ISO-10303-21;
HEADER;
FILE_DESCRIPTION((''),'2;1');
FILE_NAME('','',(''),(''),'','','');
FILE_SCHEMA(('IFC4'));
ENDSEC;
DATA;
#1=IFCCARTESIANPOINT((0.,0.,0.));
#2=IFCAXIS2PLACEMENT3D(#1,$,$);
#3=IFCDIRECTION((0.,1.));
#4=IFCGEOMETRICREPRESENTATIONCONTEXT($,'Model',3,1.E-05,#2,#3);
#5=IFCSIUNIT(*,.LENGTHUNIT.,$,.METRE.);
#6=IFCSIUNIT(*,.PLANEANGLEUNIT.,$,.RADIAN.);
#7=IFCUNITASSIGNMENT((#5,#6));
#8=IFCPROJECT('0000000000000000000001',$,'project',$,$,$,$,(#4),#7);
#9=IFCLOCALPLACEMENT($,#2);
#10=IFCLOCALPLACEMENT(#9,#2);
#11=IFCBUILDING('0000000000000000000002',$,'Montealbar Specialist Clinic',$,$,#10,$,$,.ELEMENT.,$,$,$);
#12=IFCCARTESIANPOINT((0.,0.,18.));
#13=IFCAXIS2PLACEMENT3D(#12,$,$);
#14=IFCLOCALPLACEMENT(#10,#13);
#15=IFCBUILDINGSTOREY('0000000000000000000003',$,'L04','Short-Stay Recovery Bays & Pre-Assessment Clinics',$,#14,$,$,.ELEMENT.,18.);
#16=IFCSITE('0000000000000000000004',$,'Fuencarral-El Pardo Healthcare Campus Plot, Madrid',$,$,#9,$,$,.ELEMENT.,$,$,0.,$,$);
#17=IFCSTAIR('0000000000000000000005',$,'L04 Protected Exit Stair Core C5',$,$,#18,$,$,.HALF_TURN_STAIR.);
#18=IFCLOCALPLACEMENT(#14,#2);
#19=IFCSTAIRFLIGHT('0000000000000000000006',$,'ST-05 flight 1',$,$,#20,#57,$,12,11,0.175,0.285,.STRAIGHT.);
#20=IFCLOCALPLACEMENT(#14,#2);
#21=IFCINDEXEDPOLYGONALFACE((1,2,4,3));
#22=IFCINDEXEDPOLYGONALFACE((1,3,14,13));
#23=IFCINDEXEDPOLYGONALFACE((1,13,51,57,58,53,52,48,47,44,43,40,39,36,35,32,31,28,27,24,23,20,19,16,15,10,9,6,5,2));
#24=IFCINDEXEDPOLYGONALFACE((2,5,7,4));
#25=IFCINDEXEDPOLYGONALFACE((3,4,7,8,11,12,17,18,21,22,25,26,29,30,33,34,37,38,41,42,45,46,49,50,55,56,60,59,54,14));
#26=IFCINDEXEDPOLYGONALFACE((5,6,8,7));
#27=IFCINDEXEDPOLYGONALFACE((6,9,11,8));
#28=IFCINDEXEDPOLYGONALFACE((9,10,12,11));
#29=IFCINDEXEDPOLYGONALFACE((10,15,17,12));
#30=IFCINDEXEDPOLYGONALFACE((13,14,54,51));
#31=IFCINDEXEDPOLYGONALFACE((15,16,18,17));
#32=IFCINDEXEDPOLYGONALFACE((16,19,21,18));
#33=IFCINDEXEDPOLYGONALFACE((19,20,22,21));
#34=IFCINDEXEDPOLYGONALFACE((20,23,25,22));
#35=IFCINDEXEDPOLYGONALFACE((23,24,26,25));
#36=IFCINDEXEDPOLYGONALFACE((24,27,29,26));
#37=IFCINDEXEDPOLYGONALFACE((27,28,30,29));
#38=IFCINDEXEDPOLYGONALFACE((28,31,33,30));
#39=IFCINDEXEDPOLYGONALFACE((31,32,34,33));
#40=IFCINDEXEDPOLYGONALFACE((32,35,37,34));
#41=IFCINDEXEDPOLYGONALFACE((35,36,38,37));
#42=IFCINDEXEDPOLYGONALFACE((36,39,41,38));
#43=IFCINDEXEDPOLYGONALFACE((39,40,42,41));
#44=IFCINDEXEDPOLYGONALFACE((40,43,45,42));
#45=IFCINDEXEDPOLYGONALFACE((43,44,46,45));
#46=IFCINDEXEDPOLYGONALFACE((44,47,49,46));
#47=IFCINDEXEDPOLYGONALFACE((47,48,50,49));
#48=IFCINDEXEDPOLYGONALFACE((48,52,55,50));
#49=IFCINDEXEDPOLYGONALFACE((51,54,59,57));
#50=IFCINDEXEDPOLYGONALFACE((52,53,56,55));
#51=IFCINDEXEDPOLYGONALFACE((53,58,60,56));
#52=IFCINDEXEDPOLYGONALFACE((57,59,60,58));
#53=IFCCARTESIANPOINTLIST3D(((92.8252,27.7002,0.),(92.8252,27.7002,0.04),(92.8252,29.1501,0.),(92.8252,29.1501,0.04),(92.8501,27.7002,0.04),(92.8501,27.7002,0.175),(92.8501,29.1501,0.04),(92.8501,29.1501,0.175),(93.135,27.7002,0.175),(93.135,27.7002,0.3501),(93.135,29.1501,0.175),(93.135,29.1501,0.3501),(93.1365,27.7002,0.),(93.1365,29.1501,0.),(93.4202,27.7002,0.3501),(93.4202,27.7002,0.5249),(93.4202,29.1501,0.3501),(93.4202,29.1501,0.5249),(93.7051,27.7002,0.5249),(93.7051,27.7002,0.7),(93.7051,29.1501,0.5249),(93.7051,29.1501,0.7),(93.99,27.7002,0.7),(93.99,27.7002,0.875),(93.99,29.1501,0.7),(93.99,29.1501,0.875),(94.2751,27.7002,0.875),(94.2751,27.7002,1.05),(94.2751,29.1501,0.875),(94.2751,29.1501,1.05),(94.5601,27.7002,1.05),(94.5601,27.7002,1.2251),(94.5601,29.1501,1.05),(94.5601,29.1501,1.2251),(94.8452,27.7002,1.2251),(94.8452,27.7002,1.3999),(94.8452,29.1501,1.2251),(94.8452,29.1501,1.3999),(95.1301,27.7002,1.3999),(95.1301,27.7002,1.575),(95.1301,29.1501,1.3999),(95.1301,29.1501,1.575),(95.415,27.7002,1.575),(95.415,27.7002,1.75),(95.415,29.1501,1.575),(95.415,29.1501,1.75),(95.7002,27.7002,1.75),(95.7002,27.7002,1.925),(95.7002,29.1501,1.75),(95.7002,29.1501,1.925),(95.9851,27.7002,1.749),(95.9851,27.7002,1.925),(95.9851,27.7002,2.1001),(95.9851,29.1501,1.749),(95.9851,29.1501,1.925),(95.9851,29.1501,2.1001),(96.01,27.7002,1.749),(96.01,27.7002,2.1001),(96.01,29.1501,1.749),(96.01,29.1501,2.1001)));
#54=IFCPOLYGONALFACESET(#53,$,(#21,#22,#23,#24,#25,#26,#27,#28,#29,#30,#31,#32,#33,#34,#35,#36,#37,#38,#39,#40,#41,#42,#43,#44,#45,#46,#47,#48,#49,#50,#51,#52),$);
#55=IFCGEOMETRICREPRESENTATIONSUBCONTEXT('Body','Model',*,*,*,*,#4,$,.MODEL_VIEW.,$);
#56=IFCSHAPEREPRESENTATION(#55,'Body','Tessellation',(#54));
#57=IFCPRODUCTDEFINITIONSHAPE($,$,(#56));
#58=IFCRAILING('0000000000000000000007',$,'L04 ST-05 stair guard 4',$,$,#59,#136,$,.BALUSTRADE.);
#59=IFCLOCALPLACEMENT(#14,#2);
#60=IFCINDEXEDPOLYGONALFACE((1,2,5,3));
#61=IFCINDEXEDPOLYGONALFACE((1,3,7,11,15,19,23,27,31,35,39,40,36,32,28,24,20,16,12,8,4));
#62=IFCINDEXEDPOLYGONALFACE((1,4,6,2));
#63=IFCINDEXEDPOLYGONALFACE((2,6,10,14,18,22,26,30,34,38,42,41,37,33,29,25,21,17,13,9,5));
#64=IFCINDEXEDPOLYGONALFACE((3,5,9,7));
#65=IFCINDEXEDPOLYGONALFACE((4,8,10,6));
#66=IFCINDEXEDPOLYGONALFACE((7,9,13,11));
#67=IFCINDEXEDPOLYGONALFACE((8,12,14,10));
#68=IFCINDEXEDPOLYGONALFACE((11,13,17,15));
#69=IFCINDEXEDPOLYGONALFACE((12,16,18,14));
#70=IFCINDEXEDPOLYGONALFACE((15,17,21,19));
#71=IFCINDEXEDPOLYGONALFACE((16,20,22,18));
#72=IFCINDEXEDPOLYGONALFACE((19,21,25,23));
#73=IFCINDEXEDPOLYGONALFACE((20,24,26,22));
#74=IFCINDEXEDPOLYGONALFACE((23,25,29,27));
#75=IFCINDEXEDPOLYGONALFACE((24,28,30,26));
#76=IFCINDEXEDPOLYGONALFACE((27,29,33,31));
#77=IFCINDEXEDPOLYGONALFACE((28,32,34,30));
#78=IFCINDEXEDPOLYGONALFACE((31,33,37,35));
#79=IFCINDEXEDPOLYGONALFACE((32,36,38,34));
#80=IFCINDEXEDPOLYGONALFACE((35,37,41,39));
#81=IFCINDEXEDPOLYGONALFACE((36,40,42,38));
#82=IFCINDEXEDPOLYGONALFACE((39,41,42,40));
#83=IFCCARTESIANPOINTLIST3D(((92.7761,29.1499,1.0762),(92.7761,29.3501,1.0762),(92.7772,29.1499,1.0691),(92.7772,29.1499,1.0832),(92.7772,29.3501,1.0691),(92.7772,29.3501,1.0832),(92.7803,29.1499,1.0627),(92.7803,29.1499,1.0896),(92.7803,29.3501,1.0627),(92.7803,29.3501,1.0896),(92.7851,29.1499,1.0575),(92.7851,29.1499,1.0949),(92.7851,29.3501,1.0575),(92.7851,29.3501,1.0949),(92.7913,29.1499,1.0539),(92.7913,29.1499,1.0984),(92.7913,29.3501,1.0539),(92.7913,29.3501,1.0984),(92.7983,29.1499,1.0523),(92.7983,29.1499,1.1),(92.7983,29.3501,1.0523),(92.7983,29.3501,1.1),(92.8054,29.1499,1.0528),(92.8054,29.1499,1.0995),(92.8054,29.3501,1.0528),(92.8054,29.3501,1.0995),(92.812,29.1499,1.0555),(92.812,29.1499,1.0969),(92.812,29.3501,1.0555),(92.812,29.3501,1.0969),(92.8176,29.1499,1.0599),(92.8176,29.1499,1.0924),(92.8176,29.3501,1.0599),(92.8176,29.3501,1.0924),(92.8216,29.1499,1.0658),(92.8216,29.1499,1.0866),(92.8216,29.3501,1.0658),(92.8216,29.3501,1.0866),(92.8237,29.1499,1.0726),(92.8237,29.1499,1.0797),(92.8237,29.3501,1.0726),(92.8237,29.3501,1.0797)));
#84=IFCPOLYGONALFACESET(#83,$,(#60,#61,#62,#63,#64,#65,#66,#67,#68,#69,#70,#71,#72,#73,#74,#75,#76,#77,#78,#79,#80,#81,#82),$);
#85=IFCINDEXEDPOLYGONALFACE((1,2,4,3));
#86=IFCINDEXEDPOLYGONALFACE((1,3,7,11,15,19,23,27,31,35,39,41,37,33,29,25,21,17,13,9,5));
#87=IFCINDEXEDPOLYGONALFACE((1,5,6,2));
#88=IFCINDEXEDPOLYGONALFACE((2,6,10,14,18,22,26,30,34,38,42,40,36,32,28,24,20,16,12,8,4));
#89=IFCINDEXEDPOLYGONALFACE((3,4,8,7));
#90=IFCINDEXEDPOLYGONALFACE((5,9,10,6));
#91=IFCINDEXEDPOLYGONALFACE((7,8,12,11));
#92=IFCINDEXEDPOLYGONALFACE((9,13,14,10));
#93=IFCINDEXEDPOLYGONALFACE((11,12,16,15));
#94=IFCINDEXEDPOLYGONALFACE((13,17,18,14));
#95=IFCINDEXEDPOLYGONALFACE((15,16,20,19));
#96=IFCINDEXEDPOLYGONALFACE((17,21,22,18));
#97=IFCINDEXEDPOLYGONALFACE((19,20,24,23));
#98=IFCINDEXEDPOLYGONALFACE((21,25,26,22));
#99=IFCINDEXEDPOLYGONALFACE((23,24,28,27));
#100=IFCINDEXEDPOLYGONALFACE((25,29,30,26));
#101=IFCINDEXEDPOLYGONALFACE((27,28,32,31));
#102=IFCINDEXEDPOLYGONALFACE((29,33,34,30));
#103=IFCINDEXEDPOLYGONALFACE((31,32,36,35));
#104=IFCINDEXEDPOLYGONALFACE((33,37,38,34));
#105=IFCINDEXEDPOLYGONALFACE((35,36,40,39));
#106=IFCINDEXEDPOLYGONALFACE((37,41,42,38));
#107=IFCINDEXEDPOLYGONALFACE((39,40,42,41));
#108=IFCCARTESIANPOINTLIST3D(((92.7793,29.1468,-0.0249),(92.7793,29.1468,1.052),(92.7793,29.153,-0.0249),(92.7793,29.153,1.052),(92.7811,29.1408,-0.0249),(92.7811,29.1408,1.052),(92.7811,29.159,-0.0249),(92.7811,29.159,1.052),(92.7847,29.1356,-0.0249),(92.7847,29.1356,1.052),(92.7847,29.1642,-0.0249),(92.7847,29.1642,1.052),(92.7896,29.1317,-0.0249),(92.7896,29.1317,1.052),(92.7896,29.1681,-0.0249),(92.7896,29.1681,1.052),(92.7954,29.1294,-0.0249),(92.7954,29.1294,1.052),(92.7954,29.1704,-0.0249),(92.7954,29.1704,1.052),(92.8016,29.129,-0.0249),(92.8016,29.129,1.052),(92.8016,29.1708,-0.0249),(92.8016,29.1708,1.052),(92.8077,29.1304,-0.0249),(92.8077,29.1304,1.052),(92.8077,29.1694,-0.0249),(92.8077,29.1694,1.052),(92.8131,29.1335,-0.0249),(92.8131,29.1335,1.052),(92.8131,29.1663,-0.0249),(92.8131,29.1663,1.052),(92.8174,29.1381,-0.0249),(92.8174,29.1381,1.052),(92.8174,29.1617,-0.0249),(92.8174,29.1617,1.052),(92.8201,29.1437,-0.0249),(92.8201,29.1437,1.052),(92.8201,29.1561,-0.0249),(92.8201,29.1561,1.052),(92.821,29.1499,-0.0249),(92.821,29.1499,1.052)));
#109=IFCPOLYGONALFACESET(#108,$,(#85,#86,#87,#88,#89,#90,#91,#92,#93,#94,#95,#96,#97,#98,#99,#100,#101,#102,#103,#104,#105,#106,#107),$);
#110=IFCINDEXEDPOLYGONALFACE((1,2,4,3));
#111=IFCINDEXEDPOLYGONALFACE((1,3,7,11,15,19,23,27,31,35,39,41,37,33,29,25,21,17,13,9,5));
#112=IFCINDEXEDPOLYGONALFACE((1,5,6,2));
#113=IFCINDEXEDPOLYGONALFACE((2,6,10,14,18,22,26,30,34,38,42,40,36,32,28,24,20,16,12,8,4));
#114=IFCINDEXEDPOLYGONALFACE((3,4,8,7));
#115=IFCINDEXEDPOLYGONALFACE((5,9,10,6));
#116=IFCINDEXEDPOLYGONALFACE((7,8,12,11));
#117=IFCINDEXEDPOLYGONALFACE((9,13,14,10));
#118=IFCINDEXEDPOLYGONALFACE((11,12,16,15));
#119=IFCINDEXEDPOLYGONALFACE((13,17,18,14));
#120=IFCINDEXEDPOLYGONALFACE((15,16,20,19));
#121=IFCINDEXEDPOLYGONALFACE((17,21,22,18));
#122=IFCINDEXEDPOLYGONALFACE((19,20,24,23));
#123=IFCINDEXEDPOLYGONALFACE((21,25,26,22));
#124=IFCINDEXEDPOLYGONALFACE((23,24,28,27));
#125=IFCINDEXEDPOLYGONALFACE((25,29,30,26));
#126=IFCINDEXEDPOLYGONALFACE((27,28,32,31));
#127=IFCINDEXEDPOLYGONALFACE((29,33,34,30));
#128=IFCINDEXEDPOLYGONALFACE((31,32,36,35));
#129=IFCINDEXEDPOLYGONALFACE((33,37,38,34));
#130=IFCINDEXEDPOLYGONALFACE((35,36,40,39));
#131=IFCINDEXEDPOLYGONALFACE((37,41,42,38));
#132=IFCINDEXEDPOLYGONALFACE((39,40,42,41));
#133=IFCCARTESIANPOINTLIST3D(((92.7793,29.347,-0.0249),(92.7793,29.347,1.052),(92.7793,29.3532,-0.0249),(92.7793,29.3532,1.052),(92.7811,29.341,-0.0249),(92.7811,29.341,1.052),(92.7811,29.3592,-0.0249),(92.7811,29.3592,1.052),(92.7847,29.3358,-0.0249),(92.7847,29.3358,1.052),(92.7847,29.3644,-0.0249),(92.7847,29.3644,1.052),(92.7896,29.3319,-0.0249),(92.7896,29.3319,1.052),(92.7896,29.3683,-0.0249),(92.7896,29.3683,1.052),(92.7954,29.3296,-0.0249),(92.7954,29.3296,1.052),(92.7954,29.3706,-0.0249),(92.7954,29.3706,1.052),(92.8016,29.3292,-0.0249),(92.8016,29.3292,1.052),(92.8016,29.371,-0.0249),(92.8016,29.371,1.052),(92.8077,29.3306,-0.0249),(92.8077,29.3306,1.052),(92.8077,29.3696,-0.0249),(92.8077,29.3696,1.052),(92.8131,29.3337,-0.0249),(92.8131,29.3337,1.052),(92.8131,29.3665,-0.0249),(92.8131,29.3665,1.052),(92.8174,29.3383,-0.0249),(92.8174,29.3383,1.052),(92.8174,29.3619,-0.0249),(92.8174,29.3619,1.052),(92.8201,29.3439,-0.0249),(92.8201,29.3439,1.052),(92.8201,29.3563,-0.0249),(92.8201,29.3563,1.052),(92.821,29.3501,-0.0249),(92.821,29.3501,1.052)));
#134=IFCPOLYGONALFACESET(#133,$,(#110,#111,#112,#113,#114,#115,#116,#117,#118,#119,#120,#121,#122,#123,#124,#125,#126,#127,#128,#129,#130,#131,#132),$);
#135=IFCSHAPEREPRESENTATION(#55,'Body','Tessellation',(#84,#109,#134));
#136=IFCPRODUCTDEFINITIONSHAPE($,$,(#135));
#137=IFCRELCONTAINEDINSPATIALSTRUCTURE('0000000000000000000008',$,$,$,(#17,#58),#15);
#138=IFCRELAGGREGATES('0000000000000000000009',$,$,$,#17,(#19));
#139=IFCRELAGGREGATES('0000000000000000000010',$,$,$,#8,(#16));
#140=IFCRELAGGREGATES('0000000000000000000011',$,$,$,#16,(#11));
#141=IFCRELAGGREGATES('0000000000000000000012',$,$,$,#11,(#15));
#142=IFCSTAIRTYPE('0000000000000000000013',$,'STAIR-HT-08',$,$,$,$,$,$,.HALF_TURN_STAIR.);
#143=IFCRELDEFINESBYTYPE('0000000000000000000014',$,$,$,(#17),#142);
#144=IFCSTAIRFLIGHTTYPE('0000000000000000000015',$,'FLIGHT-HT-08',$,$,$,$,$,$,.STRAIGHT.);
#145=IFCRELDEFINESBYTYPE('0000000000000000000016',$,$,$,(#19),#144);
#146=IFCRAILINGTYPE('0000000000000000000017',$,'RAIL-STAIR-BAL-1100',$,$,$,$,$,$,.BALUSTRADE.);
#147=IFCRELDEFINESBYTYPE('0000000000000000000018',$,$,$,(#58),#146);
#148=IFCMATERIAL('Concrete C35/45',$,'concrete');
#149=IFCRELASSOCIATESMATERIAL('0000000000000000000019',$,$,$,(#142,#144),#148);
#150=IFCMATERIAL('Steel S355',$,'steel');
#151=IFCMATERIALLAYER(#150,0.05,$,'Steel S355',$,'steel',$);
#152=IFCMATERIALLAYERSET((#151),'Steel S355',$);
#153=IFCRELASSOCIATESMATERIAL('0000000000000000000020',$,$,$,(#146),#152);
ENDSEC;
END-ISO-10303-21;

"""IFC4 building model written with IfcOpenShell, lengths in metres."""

from ifc_helpers import new_model, si_unit, direction, frame, origin, origin_2d, place, context, subcontext, project, spatial, polyline, circle, outline, extrude, material, layer, layer_set, type_object, element, aggregate, save


model = new_model("IFC4")

# Units and contexts
model_context = context("Model", 3, precision=1e-05, world=origin(), true_north=direction((0.0, 1.0)))
body_context = subcontext(model_context, "Body", "Model", "MODEL_VIEW")
ifc_project = project(units=[si_unit("LENGTHUNIT", "METRE"), si_unit("PLANEANGLEUNIT", "RADIAN")], contexts=[model_context])

# Site, building, storey
site_placement = place(None, origin())
site = spatial("IfcSite", under=ifc_project, at=site_placement, Name="Fuencarral-El Pardo Healthcare Campus Plot, Madrid", CompositionType="ELEMENT", RefElevation=0.0)
building_placement = place(site_placement, origin())
building = spatial("IfcBuilding", under=site, at=building_placement, Name="Montealbar Specialist Clinic", CompositionType="ELEMENT")
storey_placement = place(building_placement, frame((0.0, 0.0, 18.0)))
storey = spatial("IfcBuildingStorey", under=building, at=storey_placement, Name="L04", Description="Short-Stay Recovery Bays & Pre-Assessment Clinics", CompositionType="ELEMENT", Elevation=18.0)

# Shared definitions
ifc_material_1 = material(Name="Steel S355", Category="steel")

# Shared definitions
ifc_material_2 = material(Name="Concrete C35/45", Category="concrete")

# Stair, stair flight
stair_type = type_object("IfcStairType", Name="STAIR-HT-08", PredefinedType="HALF_TURN_STAIR", material=ifc_material_2)
stair_placement = place(storey_placement, origin())
stair = element("IfcStair", 1, at=stair_placement, inside=storey, type_object=stair_type, Name="L04 Protected Exit Stair Core C5", PredefinedType="HALF_TURN_STAIR")
stair_flight_type = type_object("IfcStairFlightType", Name="FLIGHT-HT-08", PredefinedType="STRAIGHT", material=ifc_material_2)
stair_flight_placement = place(storey_placement, frame((92.8501, 28.425, 0.0), z_axis=(0.0, 0.0, 1.0), x_axis=(1.0, 0.0, 0.0)))
stair_flight = element("IfcStairFlight", 2, at=stair_flight_placement, type_object=stair_flight_type, Name="ST-05 flight 1", NumberOfRisers=12, NumberOfTreads=11, PredefinedType="STRAIGHT", RiserHeight=0.175, TreadLength=0.285, context=body_context, shape_type="SweptSolid", body=[
    extrude(outline(polyline([(-0.0249, 0.0), (-0.0249, 0.04), (0.0, 0.04), (0.0, 0.175), (0.2849, 0.175), (0.2849, 0.3501), (0.5701, 0.3501), (0.5701, 0.5249), (0.855, 0.5249), (0.855, 0.7), (1.1399, 0.7), (1.1399, 0.875), (1.425, 0.875), (1.425, 1.05), (1.71, 1.05), (1.71, 1.2251), (1.9951, 1.2251), (1.9951, 1.3999), (2.28, 1.3999), (2.28, 1.575), (2.5649, 1.575), (2.5649, 1.75), (2.8501, 1.75), (2.8501, 1.925), (3.135, 1.925), (3.135, 2.1001), (3.1599, 2.1001), (3.1599, 1.749), (3.135, 1.749), (0.2864, 0.0), (-0.0249, 0.0)])), frame((0.0, 0.7251, 0.0), z_axis=(0.0, -1.0, 0.0), x_axis=(1.0, 0.0, 0.0)), (0.0, 0.0, 1.0), 1.45),
])
aggregate(stair, [stair_flight])

# Railing
ifc_layer_1 = layer(ifc_material_1, 0.05, Name="Steel S355", Category="steel")
ifc_layer_set_1 = layer_set([ifc_layer_1], Name="Steel S355")
railing_type_1 = type_object("IfcRailingType", Name="RAIL-STAIR-BAL-1100", PredefinedType="BALUSTRADE", material=ifc_layer_set_1)
railing_1_placement = place(storey_placement, frame((92.8, 29.1499, 0.0)))
element("IfcRailing", 3, at=railing_1_placement, inside=storey, type_object=railing_type_1, Name="L04 ST-05 stair guard 4", PredefinedType="BALUSTRADE", context=body_context, shape_type="SweptSolid", body=[
    extrude(circle(Radius=0.0239, at=origin_2d()), frame((0.0, 0.0, 1.0762), z_axis=(0.0, 1.0, 0.0), x_axis=(-1.0, 0.0, 0.0)), (0.0, 0.0, 1.0), 0.2002),
    extrude(circle(Radius=0.021, at=origin_2d()), frame((0.0, 0.0, -0.0249)), (0.0, 0.0, 1.0), 1.0769),
    extrude(circle(Radius=0.021, at=origin_2d()), frame((0.0, 0.2002, -0.0249)), (0.0, 0.0, 1.0), 1.0769),
])

save(model, "model.ifc")
